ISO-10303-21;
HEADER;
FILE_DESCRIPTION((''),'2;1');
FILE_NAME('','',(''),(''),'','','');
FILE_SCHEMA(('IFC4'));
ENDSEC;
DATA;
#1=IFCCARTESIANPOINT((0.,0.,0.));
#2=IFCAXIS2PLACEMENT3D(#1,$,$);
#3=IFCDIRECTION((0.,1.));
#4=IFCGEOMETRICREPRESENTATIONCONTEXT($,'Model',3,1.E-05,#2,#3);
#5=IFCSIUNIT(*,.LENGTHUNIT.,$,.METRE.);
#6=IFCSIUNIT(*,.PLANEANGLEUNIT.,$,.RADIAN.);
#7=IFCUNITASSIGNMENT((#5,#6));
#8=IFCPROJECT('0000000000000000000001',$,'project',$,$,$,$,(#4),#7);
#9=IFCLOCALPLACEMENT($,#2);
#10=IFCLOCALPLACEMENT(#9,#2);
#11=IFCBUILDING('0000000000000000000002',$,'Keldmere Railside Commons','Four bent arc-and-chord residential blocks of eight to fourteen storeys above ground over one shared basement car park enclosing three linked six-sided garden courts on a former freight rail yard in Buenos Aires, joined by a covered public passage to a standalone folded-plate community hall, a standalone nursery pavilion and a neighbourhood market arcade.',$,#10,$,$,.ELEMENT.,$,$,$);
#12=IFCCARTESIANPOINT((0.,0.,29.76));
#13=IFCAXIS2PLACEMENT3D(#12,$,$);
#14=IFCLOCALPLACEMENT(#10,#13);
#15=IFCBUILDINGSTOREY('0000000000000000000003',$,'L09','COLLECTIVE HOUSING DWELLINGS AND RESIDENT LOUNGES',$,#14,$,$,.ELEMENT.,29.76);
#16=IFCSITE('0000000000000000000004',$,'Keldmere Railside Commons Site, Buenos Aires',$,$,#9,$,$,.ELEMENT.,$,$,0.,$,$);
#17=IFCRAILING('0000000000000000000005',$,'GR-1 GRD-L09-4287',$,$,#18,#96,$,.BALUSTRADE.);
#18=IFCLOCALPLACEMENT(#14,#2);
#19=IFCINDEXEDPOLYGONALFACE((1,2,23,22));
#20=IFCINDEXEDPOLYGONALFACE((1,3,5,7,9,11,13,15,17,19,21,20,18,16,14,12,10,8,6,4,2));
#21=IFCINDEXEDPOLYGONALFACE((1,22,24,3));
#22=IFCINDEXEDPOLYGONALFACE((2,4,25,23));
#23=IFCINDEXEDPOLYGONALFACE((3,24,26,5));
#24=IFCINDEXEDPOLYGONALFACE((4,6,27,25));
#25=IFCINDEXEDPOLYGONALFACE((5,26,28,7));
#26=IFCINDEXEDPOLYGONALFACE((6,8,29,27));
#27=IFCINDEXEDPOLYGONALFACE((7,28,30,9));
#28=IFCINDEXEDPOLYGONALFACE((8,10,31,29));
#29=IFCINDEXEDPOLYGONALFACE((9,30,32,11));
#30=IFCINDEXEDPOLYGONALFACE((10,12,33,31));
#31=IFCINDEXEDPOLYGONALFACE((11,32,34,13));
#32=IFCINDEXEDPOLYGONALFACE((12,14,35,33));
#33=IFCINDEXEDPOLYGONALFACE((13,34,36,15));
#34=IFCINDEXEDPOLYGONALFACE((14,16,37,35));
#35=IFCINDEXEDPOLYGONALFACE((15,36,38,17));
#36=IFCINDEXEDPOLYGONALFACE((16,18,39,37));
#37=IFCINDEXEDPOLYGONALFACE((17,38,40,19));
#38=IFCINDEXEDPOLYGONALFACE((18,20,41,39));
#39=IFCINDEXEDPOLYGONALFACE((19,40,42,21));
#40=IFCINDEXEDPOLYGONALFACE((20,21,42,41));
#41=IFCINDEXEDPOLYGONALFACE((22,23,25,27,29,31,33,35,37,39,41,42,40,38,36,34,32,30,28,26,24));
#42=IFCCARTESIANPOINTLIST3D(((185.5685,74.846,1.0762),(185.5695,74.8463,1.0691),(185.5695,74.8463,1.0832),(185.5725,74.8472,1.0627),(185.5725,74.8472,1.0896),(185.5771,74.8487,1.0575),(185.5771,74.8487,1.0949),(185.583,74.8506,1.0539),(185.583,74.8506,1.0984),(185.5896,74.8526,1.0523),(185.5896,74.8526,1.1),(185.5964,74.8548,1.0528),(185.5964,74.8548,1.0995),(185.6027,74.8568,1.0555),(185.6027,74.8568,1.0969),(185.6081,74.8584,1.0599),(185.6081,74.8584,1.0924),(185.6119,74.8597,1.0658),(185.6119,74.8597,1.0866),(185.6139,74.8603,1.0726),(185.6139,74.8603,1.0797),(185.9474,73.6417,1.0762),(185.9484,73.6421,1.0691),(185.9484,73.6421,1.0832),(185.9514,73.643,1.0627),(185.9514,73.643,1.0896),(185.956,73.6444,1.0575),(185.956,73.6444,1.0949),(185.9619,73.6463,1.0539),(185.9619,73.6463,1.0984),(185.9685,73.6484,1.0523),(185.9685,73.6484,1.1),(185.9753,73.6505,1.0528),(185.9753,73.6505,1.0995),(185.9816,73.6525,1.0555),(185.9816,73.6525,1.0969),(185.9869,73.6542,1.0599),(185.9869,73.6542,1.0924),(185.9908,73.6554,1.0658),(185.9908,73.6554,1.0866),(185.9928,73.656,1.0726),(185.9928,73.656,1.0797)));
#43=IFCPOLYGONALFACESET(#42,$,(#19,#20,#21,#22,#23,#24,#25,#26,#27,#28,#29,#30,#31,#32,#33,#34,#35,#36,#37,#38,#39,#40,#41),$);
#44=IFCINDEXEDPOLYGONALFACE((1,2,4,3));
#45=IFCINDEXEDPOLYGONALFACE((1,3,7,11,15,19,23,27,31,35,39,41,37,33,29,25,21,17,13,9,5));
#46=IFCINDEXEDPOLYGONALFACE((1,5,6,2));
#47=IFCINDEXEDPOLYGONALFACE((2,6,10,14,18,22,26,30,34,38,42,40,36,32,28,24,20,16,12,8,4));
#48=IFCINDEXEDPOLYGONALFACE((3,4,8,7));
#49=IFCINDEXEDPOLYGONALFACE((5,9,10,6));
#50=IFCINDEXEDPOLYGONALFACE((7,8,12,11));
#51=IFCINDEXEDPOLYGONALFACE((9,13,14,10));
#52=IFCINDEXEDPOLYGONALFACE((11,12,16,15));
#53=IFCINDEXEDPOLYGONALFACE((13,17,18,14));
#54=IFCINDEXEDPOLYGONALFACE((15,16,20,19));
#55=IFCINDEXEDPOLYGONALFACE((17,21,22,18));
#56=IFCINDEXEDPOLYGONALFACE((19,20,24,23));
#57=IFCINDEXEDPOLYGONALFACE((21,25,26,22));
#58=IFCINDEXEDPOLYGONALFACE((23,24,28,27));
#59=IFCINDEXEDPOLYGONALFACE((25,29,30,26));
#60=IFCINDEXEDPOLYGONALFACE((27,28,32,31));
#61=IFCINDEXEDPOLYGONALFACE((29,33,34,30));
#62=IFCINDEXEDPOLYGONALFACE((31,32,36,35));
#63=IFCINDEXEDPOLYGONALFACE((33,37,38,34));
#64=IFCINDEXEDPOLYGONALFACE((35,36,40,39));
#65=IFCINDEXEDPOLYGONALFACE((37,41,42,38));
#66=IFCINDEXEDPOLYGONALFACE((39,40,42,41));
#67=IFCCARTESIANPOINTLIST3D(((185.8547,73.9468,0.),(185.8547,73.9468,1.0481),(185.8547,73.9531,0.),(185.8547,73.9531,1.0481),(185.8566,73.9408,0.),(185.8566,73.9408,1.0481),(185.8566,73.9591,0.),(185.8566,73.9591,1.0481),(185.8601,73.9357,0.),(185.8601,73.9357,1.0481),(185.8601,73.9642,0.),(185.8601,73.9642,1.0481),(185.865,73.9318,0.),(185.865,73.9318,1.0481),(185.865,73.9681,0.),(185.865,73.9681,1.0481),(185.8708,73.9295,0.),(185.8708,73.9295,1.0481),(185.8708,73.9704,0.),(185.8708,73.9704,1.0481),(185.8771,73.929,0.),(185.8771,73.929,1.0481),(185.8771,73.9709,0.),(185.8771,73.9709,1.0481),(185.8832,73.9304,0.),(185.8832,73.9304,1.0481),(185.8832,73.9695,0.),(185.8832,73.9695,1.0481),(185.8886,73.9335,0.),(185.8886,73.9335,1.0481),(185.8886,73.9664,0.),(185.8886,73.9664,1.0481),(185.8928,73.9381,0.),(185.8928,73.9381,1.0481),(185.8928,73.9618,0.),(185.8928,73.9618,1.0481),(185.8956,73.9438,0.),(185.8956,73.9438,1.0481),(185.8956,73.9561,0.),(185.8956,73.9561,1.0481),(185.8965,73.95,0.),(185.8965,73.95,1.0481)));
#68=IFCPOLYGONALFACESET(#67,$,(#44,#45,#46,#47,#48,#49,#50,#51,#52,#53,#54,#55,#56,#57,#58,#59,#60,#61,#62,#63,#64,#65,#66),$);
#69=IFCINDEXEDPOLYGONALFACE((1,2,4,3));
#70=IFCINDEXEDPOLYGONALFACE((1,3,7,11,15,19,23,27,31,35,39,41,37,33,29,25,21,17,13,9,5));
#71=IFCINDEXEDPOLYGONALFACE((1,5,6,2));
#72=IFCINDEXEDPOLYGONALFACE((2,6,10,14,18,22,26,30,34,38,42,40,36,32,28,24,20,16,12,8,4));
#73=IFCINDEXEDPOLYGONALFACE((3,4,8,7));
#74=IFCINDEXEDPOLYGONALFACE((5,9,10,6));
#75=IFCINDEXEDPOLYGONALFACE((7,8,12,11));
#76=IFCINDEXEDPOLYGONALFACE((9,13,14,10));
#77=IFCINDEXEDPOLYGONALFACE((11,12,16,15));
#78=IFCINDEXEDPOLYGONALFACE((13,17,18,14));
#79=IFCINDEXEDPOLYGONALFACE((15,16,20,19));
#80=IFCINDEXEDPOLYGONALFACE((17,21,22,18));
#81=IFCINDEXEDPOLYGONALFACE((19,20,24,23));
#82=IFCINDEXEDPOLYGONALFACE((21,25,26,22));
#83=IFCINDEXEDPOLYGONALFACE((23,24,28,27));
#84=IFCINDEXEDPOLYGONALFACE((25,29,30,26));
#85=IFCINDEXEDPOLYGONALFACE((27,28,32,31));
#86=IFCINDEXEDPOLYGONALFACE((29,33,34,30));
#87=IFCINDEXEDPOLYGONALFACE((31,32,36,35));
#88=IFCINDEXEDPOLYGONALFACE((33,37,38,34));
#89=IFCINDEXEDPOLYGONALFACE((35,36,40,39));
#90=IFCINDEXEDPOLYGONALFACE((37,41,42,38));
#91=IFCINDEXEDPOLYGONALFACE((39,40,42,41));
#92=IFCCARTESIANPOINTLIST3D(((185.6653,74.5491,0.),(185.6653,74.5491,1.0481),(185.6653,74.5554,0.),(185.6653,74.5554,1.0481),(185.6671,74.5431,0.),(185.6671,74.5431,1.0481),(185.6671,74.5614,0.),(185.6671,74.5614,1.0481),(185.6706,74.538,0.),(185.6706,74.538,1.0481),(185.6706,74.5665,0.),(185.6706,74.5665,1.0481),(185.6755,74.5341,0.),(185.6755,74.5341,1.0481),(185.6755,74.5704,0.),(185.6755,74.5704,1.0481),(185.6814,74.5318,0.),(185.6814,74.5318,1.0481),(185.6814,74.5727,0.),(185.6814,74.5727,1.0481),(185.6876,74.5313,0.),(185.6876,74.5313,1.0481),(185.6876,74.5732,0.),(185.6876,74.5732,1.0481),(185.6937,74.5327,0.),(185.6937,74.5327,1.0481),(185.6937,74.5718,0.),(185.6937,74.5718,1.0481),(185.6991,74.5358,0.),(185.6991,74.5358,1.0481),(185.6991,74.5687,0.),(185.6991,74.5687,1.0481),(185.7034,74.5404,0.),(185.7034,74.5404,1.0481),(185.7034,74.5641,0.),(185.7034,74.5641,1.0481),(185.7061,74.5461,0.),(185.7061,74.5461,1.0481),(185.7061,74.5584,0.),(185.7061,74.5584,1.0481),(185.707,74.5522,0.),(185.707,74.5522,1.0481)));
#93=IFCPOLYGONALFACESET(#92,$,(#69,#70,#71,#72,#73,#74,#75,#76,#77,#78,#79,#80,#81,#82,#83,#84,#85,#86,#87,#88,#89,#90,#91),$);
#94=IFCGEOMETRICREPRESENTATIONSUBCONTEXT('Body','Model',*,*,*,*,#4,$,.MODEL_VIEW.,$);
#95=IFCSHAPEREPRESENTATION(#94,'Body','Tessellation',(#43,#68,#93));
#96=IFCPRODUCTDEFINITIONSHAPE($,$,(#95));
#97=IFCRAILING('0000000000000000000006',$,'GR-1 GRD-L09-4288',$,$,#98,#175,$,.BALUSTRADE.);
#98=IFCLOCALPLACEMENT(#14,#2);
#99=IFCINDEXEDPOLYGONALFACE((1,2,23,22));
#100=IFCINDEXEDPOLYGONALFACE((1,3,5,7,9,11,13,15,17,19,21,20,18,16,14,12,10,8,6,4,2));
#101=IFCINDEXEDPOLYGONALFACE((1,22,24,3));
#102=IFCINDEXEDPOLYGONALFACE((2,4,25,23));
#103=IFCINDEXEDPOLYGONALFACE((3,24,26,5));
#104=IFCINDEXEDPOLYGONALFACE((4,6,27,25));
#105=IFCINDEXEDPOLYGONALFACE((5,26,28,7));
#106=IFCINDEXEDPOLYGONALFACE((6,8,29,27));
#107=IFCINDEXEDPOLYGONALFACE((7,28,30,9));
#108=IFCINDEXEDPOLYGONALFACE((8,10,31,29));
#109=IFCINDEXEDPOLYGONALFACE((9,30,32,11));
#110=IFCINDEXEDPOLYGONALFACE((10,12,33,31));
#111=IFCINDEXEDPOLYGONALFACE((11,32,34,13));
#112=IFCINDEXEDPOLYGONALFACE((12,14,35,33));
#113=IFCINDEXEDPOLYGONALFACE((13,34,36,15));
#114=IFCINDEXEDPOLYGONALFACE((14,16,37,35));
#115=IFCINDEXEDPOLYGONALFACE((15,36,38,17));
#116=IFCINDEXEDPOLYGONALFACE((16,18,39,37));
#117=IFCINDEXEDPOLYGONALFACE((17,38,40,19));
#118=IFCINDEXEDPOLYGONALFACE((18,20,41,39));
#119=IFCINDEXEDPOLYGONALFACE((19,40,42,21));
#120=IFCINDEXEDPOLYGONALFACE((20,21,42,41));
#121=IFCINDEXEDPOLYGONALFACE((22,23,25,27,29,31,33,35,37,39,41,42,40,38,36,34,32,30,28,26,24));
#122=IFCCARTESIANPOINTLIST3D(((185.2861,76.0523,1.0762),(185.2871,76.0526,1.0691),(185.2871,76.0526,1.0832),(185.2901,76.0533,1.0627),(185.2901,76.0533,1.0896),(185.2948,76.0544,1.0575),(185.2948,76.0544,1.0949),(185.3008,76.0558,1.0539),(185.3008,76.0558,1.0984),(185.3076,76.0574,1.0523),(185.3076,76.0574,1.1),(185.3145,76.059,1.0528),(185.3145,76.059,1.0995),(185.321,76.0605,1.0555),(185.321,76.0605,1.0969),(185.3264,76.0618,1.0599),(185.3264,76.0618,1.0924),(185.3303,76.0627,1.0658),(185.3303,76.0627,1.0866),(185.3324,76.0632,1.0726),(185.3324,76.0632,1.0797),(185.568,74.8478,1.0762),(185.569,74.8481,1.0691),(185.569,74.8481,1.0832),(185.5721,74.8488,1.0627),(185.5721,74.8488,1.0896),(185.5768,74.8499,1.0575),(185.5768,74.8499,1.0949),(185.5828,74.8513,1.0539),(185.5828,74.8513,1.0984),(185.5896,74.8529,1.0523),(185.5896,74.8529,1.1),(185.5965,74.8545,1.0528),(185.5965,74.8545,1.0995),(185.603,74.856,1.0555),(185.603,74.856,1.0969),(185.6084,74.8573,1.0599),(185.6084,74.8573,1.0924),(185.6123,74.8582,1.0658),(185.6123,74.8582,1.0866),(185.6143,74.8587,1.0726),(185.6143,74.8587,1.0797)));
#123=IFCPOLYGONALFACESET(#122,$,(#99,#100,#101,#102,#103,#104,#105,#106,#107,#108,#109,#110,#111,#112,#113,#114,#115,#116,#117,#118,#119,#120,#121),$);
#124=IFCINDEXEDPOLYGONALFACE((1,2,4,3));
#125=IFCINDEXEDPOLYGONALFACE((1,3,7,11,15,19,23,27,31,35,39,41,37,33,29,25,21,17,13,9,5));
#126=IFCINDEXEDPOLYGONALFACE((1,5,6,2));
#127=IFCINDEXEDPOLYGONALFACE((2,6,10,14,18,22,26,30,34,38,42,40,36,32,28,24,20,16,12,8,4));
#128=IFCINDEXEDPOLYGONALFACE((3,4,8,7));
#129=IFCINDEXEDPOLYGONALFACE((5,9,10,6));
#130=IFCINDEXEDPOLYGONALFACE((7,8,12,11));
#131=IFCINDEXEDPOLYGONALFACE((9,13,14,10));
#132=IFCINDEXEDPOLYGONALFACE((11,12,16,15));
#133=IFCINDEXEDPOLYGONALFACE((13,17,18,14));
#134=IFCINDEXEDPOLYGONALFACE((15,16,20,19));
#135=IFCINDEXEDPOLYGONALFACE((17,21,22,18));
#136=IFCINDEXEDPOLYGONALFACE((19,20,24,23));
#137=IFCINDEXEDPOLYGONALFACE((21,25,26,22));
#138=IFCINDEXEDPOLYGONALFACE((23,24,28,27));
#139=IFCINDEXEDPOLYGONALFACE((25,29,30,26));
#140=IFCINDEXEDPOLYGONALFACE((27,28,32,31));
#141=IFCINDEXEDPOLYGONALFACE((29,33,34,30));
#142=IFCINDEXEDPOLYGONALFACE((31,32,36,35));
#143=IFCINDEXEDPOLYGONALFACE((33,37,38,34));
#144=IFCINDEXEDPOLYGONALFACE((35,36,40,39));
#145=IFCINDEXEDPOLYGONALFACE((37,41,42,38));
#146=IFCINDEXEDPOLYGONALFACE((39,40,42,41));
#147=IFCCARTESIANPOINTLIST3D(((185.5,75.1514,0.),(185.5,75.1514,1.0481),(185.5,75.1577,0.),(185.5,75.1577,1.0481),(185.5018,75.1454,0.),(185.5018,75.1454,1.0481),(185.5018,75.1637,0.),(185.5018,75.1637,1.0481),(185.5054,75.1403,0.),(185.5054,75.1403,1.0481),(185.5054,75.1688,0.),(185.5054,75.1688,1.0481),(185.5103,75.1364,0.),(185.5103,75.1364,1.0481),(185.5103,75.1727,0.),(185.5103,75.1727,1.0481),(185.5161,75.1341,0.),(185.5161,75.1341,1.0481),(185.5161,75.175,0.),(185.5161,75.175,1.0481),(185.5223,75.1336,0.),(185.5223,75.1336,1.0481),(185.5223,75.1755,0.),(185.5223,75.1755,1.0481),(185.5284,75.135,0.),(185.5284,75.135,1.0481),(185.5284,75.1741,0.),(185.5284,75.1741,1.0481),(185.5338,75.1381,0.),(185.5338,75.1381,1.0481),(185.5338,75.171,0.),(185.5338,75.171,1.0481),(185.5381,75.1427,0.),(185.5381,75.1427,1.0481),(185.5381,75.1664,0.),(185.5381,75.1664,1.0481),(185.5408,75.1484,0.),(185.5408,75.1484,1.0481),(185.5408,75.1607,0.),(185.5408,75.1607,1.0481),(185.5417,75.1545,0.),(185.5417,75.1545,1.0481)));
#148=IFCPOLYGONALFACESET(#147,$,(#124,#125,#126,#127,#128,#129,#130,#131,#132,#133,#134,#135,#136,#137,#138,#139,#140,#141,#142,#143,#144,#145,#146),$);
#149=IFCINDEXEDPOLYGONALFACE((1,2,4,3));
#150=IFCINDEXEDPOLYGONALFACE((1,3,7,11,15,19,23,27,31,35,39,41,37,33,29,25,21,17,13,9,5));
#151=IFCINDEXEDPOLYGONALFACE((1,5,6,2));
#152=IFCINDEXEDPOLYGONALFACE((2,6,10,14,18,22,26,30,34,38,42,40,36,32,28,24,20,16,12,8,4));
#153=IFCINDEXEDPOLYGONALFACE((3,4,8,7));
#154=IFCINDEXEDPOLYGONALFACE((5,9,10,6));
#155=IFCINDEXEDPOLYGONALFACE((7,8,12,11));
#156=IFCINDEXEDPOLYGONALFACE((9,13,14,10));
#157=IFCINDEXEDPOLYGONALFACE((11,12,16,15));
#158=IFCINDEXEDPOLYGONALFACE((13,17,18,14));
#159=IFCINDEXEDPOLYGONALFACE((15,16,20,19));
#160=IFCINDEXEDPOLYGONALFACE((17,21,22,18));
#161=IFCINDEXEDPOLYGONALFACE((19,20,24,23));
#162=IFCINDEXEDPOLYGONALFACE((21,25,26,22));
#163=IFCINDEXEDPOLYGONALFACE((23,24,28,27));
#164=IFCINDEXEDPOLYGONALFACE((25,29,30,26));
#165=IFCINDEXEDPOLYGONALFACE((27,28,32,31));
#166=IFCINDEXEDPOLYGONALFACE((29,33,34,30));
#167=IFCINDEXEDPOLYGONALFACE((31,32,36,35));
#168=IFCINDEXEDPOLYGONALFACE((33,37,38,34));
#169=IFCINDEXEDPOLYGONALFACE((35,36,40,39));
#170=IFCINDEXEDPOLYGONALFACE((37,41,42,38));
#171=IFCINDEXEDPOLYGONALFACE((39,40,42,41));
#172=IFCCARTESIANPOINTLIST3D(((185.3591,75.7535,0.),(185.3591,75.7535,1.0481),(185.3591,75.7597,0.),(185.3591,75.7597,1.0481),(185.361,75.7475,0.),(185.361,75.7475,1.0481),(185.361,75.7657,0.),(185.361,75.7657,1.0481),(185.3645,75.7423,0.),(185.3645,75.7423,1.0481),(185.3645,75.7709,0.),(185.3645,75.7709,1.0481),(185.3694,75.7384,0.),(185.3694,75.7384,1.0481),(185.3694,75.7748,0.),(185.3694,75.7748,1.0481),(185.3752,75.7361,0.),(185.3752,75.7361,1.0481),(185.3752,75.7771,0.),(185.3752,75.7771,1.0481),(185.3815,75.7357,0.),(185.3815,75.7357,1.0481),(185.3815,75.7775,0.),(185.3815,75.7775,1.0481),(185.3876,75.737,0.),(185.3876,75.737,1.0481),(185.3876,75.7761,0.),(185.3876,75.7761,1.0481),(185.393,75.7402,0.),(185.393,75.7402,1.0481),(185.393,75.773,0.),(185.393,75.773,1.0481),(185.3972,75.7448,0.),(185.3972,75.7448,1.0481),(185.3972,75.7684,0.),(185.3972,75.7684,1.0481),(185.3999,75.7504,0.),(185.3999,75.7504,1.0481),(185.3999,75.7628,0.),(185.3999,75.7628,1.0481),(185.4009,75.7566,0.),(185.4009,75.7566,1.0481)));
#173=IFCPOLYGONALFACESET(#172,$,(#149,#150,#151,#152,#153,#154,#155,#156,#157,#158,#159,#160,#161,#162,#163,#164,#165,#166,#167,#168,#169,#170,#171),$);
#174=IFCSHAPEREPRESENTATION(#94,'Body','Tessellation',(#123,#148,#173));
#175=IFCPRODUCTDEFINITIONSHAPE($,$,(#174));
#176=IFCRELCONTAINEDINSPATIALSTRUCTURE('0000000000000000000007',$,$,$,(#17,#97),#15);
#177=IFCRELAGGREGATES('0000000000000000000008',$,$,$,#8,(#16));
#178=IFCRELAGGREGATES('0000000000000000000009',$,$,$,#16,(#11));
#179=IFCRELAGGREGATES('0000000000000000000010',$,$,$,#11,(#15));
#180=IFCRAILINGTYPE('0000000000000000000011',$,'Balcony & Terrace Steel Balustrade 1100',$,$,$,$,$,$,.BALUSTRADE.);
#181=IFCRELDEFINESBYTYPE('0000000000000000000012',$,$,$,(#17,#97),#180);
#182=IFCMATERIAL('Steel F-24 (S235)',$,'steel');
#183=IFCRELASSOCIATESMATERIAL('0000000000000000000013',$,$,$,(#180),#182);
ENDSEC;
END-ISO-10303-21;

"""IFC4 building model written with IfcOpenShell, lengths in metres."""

from ifc_helpers import new_model, si_unit, direction, frame, origin, origin_2d, place, context, subcontext, project, spatial, circle, extrude, material, type_object, element, save


model = new_model("IFC4")

# Units and contexts
model_context = context("Model", 3, precision=1e-05, world=origin(), true_north=direction((0.0, 1.0)))
body_context = subcontext(model_context, "Body", "Model", "MODEL_VIEW")
ifc_project = project(units=[si_unit("LENGTHUNIT", "METRE"), si_unit("PLANEANGLEUNIT", "RADIAN")], contexts=[model_context])

# Site, building, storey
site_placement = place(None, origin())
site = spatial("IfcSite", under=ifc_project, at=site_placement, Name="Keldmere Railside Commons Site, Buenos Aires", CompositionType="ELEMENT", RefElevation=0.0)
building_placement = place(site_placement, origin())
building = spatial("IfcBuilding", under=site, at=building_placement, Name="Keldmere Railside Commons", Description="Four bent arc-and-chord residential blocks of eight to fourteen storeys above ground over one shared basement car park enclosing three linked six-sided garden courts on a former freight rail yard in Buenos Aires, joined by a covered public passage to a standalone folded-plate community hall, a standalone nursery pavilion and a neighbourhood market arcade.", CompositionType="ELEMENT")
storey_placement = place(building_placement, frame((0.0, 0.0, 29.76)))
storey = spatial("IfcBuildingStorey", under=building, at=storey_placement, Name="L09", Description="COLLECTIVE HOUSING DWELLINGS AND RESIDENT LOUNGES", CompositionType="ELEMENT", Elevation=29.76)

# Shared definitions
ifc_material_1 = material(Name="Steel F-24 (S235)", Category="steel")

# Railings
railing_type_1 = type_object("IfcRailingType", Name="Balcony & Terrace Steel Balustrade 1100", PredefinedType="BALUSTRADE", material=ifc_material_1)
railing_1_placement = place(storey_placement, frame((185.9702, 73.6489, 0.0)))
element("IfcRailing", 1, at=railing_1_placement, inside=storey, type_object=railing_type_1, Name="GR-1 GRD-L09-4287", PredefinedType="BALUSTRADE", context=body_context, shape_type="SweptSolid", body=[
    extrude(circle(Radius=0.0239, at=origin_2d()), frame((0.0, 0.0, 1.0762), z_axis=(-0.300113, 0.953904, 0.0), x_axis=(-0.953904, -0.300113, 0.0)), (0.0, 0.0, 1.0), 1.2625),
    extrude(circle(Radius=0.021, at=origin_2d()), frame((-0.0947, 0.301, 0.0)), (0.0, 0.0, 1.0), 1.0481),
    extrude(circle(Radius=0.021, at=origin_2d()), frame((-0.2842, 0.9033, 0.0)), (0.0, 0.0, 1.0), 1.0481),
])
railing_2_placement = place(storey_placement, frame((185.5913, 74.8533, 0.0)))
element("IfcRailing", 2, at=railing_2_placement, inside=storey, type_object=railing_type_1, Name="GR-1 GRD-L09-4288", PredefinedType="BALUSTRADE", context=body_context, shape_type="SweptSolid", body=[
    extrude(circle(Radius=0.0239, at=origin_2d()), frame((0.0, 0.0, 1.0762), z_axis=(-0.227928, 0.973678, 0.0), x_axis=(-0.973678, -0.227928, 0.0)), (0.0, 0.0, 1.0), 1.2371),
    extrude(circle(Radius=0.021, at=origin_2d()), frame((-0.0706, 0.3013, 0.0)), (0.0, 0.0, 1.0), 1.0481),
    extrude(circle(Radius=0.021, at=origin_2d()), frame((-0.2114, 0.9033, 0.0)), (0.0, 0.0, 1.0), 1.0481),
])

save(model, "model.ifc")
